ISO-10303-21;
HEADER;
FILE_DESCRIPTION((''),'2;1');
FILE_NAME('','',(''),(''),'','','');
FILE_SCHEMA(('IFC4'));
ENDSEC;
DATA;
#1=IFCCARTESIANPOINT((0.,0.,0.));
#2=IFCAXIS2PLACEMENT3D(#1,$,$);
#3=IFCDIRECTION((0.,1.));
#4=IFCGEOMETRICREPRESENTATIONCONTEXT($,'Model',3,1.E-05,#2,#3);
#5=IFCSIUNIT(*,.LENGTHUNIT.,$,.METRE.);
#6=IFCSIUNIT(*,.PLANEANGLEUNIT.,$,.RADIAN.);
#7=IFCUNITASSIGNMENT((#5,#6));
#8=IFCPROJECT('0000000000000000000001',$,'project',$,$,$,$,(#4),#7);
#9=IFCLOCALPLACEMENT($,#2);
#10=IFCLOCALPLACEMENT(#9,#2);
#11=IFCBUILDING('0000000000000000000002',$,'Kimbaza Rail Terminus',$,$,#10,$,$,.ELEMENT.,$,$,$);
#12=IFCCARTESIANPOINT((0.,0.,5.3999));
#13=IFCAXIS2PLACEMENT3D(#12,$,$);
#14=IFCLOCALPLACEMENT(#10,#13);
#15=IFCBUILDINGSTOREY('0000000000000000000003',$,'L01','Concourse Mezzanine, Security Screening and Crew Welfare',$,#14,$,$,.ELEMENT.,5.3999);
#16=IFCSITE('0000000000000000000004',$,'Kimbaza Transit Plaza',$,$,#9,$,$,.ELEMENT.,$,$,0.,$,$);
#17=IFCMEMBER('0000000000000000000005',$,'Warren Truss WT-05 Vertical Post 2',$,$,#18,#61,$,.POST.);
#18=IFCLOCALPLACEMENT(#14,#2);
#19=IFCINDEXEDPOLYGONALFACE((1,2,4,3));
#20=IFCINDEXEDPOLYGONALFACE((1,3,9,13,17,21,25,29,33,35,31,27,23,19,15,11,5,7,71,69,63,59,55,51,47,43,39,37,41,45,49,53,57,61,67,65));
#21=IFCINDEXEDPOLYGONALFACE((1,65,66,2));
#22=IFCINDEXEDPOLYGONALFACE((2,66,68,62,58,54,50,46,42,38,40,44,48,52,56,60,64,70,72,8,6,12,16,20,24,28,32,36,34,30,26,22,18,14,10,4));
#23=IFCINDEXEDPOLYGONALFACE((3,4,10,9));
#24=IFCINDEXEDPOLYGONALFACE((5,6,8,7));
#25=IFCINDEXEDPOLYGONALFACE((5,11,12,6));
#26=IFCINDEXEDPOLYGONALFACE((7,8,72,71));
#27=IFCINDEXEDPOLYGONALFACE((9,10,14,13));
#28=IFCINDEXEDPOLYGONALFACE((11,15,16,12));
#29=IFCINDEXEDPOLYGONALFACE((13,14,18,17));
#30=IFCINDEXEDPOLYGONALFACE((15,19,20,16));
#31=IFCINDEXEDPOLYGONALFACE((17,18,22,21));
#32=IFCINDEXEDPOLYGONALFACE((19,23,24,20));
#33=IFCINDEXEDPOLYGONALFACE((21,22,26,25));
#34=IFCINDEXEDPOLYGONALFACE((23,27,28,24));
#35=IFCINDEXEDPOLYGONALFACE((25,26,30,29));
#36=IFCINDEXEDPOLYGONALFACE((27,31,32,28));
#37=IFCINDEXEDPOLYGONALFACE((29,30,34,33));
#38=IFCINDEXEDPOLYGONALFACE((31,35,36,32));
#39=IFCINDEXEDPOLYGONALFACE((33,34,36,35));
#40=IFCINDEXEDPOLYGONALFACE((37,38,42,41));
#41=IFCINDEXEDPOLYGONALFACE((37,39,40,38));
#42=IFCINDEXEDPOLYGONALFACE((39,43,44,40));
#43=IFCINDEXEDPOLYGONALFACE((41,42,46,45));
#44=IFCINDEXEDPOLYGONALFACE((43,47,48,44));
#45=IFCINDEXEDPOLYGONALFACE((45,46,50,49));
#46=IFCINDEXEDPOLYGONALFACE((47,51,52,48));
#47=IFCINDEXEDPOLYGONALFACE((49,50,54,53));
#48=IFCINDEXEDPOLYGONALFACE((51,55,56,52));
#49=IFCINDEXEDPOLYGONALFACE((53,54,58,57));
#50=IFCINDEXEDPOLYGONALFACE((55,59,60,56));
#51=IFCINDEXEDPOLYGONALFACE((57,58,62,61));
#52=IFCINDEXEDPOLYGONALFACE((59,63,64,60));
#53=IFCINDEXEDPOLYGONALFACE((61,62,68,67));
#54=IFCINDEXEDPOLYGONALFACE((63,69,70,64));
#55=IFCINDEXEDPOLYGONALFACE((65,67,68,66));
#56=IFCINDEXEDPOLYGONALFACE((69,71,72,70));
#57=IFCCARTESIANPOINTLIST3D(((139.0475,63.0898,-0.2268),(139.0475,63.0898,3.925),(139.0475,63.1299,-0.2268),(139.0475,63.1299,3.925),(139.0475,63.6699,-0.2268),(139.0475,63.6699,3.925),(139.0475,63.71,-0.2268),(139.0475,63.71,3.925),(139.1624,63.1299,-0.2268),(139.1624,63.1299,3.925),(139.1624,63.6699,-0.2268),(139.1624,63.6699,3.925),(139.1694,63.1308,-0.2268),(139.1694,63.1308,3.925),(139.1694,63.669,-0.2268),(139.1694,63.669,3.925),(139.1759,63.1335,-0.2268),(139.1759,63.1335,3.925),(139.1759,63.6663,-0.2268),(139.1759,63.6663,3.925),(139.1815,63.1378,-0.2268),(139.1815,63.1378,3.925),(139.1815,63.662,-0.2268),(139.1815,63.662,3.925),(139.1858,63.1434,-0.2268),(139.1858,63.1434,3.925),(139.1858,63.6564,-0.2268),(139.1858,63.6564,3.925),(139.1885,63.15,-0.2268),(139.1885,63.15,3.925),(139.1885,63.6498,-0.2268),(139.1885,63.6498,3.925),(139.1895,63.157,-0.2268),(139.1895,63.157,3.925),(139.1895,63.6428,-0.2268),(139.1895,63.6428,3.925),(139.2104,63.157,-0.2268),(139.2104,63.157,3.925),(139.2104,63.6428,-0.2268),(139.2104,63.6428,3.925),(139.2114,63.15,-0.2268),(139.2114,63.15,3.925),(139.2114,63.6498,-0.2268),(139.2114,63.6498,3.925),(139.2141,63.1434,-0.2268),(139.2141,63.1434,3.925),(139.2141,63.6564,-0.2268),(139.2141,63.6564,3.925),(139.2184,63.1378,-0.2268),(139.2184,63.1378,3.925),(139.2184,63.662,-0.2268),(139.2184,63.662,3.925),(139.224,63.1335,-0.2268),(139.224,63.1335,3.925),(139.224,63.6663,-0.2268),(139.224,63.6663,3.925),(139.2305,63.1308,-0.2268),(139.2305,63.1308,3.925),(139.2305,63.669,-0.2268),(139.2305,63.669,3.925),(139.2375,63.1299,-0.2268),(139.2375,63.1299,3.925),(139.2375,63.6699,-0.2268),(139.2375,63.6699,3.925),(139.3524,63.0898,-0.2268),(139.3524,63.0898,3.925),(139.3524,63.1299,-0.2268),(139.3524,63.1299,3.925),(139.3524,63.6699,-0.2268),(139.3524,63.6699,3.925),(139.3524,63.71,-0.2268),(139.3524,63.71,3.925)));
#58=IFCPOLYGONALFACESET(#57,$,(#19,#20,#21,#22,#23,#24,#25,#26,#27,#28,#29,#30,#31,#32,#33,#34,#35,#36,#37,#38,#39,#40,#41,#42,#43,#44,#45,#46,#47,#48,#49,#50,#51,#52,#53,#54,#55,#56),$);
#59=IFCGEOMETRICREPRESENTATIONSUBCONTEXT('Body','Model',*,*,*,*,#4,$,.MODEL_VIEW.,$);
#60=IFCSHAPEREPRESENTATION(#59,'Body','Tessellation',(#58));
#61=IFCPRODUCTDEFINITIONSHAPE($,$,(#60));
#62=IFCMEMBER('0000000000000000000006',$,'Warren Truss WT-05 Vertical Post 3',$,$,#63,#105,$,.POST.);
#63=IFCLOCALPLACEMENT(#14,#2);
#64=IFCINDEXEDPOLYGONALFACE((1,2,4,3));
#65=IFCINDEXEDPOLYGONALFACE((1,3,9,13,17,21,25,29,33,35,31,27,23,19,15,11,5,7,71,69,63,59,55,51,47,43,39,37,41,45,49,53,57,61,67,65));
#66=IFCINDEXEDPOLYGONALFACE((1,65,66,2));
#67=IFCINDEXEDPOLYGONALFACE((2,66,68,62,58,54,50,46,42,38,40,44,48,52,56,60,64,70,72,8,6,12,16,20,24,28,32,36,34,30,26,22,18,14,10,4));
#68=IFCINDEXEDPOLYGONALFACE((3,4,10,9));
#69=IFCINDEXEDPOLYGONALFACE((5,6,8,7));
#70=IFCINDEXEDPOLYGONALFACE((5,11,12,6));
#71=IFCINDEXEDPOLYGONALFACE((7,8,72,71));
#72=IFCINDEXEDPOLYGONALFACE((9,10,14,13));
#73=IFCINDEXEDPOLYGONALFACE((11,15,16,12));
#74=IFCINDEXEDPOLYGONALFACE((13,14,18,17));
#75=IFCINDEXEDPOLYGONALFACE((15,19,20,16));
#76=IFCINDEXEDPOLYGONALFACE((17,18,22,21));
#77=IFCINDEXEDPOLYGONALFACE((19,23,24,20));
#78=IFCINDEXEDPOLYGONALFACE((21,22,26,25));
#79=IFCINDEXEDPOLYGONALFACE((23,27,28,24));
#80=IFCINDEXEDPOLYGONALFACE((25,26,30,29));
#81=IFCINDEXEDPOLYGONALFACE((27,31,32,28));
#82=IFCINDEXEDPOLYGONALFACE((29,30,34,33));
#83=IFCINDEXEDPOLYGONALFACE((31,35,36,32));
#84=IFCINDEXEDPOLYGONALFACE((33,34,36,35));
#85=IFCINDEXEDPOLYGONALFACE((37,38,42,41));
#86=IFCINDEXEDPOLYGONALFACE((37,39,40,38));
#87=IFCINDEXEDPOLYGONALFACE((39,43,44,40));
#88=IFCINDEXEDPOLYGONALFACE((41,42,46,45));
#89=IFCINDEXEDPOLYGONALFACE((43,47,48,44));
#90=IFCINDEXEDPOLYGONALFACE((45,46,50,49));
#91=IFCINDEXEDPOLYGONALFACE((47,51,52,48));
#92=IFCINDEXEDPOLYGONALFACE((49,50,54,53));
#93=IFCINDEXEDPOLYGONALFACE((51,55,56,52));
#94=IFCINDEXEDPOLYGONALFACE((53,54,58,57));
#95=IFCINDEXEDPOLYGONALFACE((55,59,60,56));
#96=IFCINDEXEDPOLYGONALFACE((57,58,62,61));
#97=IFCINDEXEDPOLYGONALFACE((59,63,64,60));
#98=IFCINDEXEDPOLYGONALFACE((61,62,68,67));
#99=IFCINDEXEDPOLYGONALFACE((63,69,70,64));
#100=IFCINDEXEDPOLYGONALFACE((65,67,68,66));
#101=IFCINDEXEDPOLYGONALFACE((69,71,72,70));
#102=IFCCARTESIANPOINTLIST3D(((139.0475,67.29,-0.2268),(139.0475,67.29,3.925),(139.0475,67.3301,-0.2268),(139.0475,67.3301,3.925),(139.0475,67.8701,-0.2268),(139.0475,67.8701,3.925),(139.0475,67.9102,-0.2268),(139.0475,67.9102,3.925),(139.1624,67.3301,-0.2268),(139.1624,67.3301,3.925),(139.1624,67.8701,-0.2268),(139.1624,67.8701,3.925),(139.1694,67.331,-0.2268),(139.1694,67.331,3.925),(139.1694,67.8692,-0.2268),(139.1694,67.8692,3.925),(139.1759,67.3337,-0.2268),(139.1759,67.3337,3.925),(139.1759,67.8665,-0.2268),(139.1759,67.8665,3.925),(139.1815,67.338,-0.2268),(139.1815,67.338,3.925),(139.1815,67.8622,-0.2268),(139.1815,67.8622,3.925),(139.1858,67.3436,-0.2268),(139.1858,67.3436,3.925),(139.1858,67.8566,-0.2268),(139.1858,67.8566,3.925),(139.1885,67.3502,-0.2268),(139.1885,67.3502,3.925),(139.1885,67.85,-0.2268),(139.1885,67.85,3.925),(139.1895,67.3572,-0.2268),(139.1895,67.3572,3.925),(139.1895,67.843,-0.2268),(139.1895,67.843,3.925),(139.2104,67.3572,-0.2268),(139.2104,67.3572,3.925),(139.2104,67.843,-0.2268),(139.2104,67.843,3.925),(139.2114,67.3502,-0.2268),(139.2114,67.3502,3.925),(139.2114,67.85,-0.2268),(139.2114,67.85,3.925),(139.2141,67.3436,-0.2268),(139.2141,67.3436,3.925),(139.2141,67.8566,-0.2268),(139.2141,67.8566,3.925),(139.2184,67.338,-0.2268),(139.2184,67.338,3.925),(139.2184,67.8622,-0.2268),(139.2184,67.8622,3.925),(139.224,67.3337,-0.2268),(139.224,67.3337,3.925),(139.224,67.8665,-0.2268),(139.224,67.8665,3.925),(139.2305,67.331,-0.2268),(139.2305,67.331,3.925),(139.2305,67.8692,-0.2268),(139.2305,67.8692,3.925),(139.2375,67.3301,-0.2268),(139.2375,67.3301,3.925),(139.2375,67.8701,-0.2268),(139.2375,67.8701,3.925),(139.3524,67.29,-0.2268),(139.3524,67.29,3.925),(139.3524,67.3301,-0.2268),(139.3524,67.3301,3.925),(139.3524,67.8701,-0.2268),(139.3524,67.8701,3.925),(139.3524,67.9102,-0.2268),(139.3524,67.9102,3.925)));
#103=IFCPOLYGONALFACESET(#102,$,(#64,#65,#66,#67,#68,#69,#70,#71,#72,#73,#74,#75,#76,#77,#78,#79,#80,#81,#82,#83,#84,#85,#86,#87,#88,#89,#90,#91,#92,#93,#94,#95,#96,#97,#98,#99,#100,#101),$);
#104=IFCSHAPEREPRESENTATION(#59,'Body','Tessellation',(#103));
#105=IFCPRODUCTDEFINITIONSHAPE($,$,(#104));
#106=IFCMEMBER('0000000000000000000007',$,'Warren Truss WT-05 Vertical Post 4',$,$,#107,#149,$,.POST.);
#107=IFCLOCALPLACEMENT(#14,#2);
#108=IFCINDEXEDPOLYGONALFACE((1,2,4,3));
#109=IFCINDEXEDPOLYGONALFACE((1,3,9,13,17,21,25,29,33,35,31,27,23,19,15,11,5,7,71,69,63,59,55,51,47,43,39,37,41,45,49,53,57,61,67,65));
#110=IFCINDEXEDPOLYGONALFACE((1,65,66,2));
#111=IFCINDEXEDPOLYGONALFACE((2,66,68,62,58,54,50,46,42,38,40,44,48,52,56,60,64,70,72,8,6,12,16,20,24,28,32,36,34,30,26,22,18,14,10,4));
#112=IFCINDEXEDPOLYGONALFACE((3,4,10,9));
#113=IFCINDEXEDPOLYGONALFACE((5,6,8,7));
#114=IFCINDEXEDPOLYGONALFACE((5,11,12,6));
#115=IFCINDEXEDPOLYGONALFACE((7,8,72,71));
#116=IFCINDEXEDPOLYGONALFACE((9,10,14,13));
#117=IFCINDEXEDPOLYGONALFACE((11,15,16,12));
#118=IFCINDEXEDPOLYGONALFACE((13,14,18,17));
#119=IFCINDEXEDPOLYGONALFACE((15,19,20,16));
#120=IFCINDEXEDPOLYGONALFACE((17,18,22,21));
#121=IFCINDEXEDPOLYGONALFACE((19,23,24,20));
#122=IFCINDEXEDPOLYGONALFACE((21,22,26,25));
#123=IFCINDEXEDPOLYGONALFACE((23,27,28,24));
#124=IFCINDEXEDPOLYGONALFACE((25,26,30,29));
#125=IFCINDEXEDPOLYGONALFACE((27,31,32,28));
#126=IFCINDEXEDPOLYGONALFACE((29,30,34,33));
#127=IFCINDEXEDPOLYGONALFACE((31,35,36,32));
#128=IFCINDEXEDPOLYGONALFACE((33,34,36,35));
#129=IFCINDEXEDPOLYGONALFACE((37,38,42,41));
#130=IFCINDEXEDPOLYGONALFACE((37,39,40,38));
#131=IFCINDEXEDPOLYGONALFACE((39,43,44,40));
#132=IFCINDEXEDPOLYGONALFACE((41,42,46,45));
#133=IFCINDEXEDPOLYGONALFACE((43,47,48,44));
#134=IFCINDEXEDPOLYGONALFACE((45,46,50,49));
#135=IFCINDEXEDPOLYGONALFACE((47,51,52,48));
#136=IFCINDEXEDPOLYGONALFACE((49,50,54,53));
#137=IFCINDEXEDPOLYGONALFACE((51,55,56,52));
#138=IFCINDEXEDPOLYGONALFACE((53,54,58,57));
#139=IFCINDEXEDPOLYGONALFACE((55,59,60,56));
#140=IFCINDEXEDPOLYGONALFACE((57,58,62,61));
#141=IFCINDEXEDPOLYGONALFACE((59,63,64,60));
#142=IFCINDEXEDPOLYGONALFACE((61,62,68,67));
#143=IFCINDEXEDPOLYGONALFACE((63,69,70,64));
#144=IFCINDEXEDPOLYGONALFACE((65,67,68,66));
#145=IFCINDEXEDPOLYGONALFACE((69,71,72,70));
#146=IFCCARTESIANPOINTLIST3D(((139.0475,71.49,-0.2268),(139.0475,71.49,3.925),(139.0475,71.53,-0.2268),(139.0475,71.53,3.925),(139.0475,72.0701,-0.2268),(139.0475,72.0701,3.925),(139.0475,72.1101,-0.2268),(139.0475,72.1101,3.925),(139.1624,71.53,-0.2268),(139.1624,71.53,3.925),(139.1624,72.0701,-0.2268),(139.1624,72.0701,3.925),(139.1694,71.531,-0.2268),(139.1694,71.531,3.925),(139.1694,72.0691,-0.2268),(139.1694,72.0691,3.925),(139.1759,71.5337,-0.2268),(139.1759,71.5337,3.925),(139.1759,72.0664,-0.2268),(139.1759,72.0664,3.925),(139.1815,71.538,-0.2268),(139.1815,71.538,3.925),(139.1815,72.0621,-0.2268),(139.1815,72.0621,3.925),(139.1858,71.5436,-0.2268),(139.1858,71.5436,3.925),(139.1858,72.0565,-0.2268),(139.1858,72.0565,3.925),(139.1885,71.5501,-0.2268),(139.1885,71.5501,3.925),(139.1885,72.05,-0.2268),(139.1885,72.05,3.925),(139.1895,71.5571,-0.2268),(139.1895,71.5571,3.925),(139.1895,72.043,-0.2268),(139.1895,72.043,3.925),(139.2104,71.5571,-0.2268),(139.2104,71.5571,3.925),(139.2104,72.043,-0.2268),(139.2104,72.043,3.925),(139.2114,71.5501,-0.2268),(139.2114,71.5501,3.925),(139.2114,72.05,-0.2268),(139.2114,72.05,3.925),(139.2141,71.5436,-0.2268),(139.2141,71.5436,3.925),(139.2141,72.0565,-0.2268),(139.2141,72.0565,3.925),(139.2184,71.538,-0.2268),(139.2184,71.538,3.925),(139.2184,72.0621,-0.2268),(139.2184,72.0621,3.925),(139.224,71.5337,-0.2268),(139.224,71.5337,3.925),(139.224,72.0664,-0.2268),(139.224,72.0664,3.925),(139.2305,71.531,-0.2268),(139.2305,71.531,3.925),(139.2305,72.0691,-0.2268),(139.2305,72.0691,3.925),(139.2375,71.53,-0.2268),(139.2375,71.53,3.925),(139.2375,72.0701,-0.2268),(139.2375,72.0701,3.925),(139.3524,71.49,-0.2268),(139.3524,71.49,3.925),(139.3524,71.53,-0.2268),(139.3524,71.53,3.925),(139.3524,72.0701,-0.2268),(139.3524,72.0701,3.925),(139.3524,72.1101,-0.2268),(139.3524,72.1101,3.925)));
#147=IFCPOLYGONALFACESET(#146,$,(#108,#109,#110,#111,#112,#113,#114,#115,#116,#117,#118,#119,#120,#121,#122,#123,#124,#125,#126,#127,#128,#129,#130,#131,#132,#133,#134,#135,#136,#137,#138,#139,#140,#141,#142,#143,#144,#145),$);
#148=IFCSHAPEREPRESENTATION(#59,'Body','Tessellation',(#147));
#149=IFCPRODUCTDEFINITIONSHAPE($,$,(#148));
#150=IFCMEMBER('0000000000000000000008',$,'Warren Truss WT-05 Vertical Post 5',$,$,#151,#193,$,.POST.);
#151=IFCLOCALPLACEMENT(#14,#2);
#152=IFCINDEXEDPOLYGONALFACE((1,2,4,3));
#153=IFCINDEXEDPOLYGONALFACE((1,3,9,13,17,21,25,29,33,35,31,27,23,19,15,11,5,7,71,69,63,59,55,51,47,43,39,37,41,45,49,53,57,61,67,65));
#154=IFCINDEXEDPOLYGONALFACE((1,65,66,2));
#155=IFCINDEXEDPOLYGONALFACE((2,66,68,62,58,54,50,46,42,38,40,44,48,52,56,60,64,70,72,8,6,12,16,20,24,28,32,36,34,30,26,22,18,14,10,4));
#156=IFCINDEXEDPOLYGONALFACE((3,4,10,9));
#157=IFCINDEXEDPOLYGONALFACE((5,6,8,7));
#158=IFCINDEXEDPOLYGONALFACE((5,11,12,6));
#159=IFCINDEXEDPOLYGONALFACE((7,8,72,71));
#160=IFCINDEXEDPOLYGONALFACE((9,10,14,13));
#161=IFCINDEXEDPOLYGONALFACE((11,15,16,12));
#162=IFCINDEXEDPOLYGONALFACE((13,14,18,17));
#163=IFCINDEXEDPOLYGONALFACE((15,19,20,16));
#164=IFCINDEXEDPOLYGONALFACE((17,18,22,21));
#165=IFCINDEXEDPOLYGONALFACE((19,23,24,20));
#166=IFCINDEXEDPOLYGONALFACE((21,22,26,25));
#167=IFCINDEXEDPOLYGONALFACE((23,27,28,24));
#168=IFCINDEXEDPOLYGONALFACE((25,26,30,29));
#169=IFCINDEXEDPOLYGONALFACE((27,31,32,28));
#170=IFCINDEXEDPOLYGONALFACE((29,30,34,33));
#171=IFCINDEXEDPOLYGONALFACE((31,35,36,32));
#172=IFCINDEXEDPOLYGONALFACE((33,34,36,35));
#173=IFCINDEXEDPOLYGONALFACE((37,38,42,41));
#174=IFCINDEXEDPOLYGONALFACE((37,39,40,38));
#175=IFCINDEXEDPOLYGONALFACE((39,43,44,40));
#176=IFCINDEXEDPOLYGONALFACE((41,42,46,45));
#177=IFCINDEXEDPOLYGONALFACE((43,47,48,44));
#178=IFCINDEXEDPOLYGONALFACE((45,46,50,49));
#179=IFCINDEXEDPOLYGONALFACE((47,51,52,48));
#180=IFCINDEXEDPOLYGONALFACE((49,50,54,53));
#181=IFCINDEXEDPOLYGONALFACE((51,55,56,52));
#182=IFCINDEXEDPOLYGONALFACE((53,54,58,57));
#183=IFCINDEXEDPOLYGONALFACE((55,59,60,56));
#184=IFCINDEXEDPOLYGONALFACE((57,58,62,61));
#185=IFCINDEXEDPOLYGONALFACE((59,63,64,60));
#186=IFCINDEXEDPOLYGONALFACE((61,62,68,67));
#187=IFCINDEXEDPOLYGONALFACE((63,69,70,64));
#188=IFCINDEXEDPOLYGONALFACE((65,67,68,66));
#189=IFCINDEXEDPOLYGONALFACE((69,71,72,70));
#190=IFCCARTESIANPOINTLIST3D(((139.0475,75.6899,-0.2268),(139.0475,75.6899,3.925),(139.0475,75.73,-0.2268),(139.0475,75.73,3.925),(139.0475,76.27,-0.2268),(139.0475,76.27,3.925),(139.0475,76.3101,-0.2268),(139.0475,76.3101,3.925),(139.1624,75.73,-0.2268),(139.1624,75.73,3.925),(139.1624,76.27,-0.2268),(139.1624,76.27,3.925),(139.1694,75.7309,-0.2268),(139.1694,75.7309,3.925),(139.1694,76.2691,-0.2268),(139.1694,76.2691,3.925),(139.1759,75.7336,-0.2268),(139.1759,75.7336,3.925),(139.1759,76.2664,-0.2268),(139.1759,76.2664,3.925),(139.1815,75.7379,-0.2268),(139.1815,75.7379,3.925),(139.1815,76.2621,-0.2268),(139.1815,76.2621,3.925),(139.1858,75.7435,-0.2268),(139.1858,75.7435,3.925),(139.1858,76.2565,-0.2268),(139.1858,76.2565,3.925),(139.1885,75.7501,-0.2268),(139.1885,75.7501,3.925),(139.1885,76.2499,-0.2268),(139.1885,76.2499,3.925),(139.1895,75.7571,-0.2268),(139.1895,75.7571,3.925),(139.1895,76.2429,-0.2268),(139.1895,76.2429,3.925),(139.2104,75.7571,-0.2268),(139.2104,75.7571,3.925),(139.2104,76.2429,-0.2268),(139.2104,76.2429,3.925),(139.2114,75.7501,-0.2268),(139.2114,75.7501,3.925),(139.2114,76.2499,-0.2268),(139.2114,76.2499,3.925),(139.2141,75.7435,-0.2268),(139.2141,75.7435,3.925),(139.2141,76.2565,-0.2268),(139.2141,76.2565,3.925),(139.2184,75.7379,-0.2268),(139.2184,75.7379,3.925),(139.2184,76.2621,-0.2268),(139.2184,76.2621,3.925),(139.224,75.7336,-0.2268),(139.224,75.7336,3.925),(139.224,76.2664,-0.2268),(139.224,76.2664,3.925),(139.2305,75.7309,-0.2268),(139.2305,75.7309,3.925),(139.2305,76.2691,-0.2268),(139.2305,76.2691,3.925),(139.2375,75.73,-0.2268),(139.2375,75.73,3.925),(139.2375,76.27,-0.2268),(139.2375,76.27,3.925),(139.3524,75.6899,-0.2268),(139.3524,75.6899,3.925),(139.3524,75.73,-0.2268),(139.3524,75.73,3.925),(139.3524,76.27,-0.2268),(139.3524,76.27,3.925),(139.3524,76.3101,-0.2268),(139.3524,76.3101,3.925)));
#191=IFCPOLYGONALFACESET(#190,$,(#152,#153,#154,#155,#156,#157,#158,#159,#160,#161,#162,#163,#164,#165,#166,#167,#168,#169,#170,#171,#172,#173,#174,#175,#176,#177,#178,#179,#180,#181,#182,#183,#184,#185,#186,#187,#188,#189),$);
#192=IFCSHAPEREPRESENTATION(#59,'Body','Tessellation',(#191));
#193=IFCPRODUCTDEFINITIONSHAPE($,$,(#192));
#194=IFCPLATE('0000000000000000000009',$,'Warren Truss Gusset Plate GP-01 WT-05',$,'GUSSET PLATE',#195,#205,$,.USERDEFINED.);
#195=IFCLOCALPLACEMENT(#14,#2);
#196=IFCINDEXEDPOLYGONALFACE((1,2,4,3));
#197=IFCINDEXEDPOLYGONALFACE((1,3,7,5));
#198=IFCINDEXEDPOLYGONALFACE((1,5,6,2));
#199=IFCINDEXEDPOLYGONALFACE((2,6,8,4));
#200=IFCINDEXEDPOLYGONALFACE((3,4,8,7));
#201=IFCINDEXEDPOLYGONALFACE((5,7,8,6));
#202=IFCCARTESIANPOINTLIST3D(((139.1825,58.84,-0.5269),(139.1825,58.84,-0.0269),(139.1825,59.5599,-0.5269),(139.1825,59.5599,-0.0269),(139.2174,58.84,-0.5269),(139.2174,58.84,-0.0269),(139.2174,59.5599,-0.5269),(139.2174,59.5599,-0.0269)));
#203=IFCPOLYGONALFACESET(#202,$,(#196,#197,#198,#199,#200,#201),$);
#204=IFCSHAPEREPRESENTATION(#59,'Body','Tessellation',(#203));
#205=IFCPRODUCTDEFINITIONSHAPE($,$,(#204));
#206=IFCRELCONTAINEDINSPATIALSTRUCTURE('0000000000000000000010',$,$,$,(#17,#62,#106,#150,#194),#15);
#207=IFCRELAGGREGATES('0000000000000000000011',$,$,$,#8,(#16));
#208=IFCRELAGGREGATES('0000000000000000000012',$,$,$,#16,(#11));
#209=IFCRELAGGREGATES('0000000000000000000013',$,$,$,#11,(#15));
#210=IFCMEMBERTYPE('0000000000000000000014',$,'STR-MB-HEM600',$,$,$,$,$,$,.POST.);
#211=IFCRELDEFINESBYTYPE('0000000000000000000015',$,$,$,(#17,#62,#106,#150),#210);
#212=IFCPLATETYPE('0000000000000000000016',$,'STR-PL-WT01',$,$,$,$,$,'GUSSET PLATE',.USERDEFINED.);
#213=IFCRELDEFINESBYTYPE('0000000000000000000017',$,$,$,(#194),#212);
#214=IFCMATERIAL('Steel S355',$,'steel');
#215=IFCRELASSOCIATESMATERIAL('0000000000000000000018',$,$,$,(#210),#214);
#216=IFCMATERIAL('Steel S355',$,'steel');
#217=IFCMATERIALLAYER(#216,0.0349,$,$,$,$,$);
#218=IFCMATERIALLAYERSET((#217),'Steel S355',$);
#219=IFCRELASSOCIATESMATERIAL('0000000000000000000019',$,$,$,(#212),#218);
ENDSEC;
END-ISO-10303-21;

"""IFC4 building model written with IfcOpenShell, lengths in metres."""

from ifc_helpers import new_model, si_unit, direction, frame, origin, origin_2d, place, context, subcontext, project, spatial, rectangle, i_section, extrude, material, layer, layer_set, material_profile, profile_set, type_object, element, save


model = new_model("IFC4")

# Units and contexts
model_context = context("Model", 3, precision=1e-05, world=origin(), true_north=direction((0.0, 1.0)))
body_context = subcontext(model_context, "Body", "Model", "MODEL_VIEW")
ifc_project = project(units=[si_unit("LENGTHUNIT", "METRE"), si_unit("PLANEANGLEUNIT", "RADIAN")], contexts=[model_context])

# Site, building, storey
site_placement = place(None, origin())
site = spatial("IfcSite", under=ifc_project, at=site_placement, Name="Kimbaza Transit Plaza", CompositionType="ELEMENT", RefElevation=0.0)
building_placement = place(site_placement, origin())
building = spatial("IfcBuilding", under=site, at=building_placement, Name="Kimbaza Rail Terminus", CompositionType="ELEMENT")
storey_placement = place(building_placement, frame((0.0, 0.0, 5.3999)))
storey = spatial("IfcBuildingStorey", under=building, at=storey_placement, Name="L01", Description="Concourse Mezzanine, Security Screening and Crew Welfare", CompositionType="ELEMENT", Elevation=5.3999)

# Members
ifc_material_1 = material(Name="Steel S355", Category="steel")
ifc_material_profile_1 = material_profile(ifc_material_1, i_section(OverallWidth=0.3049, OverallDepth=0.6201, WebThickness=0.021, FlangeThickness=0.04, FilletRadius=0.0271, at=origin_2d()), Name="HEM 600")
ifc_profile_set_1 = profile_set([ifc_material_profile_1], Name="Steel S355")
member_type_1 = type_object("IfcMemberType", Name="STR-MB-HEM600", PredefinedType="POST", material=ifc_profile_set_1)
for number, where, z_axis, x_axis, name in (
    (1, (139.2, 63.3999, -0.2268), (0.0, 0.0, 1.0), (1.0, 0.0, 0.0), "Warren Truss WT-05 Vertical Post 2"),
    (2, (139.2, 67.6001, -0.2268), (0.0, 0.0, 1.0), (1.0, 0.0, 0.0), "Warren Truss WT-05 Vertical Post 3"),
    (3, (139.2, 71.8, -0.2268), (0.0, 0.0, 1.0), (1.0, 0.0, 0.0), "Warren Truss WT-05 Vertical Post 4"),
    (4, (139.2, 76.0, -0.2268), (0.0, 0.0, 1.0), (1.0, 0.0, 0.0), "Warren Truss WT-05 Vertical Post 5"),
):
    element("IfcMember", number, at=place(storey_placement, frame(where, z_axis=z_axis, x_axis=x_axis)), inside=storey, type_object=member_type_1, Name=name, PredefinedType="POST", context=body_context, shape_type="SweptSolid", body=[
        extrude(i_section(OverallWidth=0.3049, OverallDepth=0.6201, WebThickness=0.021, FlangeThickness=0.04, FilletRadius=0.0271, at=origin_2d()), origin(), (0.0, 0.0, 1.0), 4.1519),
    ])

# Plate
ifc_material_2 = material(Name="Steel S355", Category="steel")
ifc_layer = layer(ifc_material_2, 0.0349)
ifc_layer_set = layer_set([ifc_layer], Name="Steel S355")
plate_type = type_object("IfcPlateType", Name="STR-PL-WT01", ElementType="GUSSET PLATE", PredefinedType="USERDEFINED", material=ifc_layer_set)
for number, where, z_axis, x_axis, name in (
    (5, (139.2, 59.2, -0.5269), (0.0, 0.0, 1.0), (1.0, 0.0, 0.0), "Warren Truss Gusset Plate GP-01 WT-05"),
):
    element("IfcPlate", number, at=place(storey_placement, frame(where, z_axis=z_axis, x_axis=x_axis)), inside=storey, type_object=plate_type, Name=name, ObjectType="GUSSET PLATE", PredefinedType="USERDEFINED", context=body_context, shape_type="SweptSolid", body=[
        extrude(rectangle(XDim=0.0349, YDim=0.72, at=origin_2d()), origin(), (0.0, 0.0, 1.0), 0.5),
    ])

save(model, "model.ifc")
